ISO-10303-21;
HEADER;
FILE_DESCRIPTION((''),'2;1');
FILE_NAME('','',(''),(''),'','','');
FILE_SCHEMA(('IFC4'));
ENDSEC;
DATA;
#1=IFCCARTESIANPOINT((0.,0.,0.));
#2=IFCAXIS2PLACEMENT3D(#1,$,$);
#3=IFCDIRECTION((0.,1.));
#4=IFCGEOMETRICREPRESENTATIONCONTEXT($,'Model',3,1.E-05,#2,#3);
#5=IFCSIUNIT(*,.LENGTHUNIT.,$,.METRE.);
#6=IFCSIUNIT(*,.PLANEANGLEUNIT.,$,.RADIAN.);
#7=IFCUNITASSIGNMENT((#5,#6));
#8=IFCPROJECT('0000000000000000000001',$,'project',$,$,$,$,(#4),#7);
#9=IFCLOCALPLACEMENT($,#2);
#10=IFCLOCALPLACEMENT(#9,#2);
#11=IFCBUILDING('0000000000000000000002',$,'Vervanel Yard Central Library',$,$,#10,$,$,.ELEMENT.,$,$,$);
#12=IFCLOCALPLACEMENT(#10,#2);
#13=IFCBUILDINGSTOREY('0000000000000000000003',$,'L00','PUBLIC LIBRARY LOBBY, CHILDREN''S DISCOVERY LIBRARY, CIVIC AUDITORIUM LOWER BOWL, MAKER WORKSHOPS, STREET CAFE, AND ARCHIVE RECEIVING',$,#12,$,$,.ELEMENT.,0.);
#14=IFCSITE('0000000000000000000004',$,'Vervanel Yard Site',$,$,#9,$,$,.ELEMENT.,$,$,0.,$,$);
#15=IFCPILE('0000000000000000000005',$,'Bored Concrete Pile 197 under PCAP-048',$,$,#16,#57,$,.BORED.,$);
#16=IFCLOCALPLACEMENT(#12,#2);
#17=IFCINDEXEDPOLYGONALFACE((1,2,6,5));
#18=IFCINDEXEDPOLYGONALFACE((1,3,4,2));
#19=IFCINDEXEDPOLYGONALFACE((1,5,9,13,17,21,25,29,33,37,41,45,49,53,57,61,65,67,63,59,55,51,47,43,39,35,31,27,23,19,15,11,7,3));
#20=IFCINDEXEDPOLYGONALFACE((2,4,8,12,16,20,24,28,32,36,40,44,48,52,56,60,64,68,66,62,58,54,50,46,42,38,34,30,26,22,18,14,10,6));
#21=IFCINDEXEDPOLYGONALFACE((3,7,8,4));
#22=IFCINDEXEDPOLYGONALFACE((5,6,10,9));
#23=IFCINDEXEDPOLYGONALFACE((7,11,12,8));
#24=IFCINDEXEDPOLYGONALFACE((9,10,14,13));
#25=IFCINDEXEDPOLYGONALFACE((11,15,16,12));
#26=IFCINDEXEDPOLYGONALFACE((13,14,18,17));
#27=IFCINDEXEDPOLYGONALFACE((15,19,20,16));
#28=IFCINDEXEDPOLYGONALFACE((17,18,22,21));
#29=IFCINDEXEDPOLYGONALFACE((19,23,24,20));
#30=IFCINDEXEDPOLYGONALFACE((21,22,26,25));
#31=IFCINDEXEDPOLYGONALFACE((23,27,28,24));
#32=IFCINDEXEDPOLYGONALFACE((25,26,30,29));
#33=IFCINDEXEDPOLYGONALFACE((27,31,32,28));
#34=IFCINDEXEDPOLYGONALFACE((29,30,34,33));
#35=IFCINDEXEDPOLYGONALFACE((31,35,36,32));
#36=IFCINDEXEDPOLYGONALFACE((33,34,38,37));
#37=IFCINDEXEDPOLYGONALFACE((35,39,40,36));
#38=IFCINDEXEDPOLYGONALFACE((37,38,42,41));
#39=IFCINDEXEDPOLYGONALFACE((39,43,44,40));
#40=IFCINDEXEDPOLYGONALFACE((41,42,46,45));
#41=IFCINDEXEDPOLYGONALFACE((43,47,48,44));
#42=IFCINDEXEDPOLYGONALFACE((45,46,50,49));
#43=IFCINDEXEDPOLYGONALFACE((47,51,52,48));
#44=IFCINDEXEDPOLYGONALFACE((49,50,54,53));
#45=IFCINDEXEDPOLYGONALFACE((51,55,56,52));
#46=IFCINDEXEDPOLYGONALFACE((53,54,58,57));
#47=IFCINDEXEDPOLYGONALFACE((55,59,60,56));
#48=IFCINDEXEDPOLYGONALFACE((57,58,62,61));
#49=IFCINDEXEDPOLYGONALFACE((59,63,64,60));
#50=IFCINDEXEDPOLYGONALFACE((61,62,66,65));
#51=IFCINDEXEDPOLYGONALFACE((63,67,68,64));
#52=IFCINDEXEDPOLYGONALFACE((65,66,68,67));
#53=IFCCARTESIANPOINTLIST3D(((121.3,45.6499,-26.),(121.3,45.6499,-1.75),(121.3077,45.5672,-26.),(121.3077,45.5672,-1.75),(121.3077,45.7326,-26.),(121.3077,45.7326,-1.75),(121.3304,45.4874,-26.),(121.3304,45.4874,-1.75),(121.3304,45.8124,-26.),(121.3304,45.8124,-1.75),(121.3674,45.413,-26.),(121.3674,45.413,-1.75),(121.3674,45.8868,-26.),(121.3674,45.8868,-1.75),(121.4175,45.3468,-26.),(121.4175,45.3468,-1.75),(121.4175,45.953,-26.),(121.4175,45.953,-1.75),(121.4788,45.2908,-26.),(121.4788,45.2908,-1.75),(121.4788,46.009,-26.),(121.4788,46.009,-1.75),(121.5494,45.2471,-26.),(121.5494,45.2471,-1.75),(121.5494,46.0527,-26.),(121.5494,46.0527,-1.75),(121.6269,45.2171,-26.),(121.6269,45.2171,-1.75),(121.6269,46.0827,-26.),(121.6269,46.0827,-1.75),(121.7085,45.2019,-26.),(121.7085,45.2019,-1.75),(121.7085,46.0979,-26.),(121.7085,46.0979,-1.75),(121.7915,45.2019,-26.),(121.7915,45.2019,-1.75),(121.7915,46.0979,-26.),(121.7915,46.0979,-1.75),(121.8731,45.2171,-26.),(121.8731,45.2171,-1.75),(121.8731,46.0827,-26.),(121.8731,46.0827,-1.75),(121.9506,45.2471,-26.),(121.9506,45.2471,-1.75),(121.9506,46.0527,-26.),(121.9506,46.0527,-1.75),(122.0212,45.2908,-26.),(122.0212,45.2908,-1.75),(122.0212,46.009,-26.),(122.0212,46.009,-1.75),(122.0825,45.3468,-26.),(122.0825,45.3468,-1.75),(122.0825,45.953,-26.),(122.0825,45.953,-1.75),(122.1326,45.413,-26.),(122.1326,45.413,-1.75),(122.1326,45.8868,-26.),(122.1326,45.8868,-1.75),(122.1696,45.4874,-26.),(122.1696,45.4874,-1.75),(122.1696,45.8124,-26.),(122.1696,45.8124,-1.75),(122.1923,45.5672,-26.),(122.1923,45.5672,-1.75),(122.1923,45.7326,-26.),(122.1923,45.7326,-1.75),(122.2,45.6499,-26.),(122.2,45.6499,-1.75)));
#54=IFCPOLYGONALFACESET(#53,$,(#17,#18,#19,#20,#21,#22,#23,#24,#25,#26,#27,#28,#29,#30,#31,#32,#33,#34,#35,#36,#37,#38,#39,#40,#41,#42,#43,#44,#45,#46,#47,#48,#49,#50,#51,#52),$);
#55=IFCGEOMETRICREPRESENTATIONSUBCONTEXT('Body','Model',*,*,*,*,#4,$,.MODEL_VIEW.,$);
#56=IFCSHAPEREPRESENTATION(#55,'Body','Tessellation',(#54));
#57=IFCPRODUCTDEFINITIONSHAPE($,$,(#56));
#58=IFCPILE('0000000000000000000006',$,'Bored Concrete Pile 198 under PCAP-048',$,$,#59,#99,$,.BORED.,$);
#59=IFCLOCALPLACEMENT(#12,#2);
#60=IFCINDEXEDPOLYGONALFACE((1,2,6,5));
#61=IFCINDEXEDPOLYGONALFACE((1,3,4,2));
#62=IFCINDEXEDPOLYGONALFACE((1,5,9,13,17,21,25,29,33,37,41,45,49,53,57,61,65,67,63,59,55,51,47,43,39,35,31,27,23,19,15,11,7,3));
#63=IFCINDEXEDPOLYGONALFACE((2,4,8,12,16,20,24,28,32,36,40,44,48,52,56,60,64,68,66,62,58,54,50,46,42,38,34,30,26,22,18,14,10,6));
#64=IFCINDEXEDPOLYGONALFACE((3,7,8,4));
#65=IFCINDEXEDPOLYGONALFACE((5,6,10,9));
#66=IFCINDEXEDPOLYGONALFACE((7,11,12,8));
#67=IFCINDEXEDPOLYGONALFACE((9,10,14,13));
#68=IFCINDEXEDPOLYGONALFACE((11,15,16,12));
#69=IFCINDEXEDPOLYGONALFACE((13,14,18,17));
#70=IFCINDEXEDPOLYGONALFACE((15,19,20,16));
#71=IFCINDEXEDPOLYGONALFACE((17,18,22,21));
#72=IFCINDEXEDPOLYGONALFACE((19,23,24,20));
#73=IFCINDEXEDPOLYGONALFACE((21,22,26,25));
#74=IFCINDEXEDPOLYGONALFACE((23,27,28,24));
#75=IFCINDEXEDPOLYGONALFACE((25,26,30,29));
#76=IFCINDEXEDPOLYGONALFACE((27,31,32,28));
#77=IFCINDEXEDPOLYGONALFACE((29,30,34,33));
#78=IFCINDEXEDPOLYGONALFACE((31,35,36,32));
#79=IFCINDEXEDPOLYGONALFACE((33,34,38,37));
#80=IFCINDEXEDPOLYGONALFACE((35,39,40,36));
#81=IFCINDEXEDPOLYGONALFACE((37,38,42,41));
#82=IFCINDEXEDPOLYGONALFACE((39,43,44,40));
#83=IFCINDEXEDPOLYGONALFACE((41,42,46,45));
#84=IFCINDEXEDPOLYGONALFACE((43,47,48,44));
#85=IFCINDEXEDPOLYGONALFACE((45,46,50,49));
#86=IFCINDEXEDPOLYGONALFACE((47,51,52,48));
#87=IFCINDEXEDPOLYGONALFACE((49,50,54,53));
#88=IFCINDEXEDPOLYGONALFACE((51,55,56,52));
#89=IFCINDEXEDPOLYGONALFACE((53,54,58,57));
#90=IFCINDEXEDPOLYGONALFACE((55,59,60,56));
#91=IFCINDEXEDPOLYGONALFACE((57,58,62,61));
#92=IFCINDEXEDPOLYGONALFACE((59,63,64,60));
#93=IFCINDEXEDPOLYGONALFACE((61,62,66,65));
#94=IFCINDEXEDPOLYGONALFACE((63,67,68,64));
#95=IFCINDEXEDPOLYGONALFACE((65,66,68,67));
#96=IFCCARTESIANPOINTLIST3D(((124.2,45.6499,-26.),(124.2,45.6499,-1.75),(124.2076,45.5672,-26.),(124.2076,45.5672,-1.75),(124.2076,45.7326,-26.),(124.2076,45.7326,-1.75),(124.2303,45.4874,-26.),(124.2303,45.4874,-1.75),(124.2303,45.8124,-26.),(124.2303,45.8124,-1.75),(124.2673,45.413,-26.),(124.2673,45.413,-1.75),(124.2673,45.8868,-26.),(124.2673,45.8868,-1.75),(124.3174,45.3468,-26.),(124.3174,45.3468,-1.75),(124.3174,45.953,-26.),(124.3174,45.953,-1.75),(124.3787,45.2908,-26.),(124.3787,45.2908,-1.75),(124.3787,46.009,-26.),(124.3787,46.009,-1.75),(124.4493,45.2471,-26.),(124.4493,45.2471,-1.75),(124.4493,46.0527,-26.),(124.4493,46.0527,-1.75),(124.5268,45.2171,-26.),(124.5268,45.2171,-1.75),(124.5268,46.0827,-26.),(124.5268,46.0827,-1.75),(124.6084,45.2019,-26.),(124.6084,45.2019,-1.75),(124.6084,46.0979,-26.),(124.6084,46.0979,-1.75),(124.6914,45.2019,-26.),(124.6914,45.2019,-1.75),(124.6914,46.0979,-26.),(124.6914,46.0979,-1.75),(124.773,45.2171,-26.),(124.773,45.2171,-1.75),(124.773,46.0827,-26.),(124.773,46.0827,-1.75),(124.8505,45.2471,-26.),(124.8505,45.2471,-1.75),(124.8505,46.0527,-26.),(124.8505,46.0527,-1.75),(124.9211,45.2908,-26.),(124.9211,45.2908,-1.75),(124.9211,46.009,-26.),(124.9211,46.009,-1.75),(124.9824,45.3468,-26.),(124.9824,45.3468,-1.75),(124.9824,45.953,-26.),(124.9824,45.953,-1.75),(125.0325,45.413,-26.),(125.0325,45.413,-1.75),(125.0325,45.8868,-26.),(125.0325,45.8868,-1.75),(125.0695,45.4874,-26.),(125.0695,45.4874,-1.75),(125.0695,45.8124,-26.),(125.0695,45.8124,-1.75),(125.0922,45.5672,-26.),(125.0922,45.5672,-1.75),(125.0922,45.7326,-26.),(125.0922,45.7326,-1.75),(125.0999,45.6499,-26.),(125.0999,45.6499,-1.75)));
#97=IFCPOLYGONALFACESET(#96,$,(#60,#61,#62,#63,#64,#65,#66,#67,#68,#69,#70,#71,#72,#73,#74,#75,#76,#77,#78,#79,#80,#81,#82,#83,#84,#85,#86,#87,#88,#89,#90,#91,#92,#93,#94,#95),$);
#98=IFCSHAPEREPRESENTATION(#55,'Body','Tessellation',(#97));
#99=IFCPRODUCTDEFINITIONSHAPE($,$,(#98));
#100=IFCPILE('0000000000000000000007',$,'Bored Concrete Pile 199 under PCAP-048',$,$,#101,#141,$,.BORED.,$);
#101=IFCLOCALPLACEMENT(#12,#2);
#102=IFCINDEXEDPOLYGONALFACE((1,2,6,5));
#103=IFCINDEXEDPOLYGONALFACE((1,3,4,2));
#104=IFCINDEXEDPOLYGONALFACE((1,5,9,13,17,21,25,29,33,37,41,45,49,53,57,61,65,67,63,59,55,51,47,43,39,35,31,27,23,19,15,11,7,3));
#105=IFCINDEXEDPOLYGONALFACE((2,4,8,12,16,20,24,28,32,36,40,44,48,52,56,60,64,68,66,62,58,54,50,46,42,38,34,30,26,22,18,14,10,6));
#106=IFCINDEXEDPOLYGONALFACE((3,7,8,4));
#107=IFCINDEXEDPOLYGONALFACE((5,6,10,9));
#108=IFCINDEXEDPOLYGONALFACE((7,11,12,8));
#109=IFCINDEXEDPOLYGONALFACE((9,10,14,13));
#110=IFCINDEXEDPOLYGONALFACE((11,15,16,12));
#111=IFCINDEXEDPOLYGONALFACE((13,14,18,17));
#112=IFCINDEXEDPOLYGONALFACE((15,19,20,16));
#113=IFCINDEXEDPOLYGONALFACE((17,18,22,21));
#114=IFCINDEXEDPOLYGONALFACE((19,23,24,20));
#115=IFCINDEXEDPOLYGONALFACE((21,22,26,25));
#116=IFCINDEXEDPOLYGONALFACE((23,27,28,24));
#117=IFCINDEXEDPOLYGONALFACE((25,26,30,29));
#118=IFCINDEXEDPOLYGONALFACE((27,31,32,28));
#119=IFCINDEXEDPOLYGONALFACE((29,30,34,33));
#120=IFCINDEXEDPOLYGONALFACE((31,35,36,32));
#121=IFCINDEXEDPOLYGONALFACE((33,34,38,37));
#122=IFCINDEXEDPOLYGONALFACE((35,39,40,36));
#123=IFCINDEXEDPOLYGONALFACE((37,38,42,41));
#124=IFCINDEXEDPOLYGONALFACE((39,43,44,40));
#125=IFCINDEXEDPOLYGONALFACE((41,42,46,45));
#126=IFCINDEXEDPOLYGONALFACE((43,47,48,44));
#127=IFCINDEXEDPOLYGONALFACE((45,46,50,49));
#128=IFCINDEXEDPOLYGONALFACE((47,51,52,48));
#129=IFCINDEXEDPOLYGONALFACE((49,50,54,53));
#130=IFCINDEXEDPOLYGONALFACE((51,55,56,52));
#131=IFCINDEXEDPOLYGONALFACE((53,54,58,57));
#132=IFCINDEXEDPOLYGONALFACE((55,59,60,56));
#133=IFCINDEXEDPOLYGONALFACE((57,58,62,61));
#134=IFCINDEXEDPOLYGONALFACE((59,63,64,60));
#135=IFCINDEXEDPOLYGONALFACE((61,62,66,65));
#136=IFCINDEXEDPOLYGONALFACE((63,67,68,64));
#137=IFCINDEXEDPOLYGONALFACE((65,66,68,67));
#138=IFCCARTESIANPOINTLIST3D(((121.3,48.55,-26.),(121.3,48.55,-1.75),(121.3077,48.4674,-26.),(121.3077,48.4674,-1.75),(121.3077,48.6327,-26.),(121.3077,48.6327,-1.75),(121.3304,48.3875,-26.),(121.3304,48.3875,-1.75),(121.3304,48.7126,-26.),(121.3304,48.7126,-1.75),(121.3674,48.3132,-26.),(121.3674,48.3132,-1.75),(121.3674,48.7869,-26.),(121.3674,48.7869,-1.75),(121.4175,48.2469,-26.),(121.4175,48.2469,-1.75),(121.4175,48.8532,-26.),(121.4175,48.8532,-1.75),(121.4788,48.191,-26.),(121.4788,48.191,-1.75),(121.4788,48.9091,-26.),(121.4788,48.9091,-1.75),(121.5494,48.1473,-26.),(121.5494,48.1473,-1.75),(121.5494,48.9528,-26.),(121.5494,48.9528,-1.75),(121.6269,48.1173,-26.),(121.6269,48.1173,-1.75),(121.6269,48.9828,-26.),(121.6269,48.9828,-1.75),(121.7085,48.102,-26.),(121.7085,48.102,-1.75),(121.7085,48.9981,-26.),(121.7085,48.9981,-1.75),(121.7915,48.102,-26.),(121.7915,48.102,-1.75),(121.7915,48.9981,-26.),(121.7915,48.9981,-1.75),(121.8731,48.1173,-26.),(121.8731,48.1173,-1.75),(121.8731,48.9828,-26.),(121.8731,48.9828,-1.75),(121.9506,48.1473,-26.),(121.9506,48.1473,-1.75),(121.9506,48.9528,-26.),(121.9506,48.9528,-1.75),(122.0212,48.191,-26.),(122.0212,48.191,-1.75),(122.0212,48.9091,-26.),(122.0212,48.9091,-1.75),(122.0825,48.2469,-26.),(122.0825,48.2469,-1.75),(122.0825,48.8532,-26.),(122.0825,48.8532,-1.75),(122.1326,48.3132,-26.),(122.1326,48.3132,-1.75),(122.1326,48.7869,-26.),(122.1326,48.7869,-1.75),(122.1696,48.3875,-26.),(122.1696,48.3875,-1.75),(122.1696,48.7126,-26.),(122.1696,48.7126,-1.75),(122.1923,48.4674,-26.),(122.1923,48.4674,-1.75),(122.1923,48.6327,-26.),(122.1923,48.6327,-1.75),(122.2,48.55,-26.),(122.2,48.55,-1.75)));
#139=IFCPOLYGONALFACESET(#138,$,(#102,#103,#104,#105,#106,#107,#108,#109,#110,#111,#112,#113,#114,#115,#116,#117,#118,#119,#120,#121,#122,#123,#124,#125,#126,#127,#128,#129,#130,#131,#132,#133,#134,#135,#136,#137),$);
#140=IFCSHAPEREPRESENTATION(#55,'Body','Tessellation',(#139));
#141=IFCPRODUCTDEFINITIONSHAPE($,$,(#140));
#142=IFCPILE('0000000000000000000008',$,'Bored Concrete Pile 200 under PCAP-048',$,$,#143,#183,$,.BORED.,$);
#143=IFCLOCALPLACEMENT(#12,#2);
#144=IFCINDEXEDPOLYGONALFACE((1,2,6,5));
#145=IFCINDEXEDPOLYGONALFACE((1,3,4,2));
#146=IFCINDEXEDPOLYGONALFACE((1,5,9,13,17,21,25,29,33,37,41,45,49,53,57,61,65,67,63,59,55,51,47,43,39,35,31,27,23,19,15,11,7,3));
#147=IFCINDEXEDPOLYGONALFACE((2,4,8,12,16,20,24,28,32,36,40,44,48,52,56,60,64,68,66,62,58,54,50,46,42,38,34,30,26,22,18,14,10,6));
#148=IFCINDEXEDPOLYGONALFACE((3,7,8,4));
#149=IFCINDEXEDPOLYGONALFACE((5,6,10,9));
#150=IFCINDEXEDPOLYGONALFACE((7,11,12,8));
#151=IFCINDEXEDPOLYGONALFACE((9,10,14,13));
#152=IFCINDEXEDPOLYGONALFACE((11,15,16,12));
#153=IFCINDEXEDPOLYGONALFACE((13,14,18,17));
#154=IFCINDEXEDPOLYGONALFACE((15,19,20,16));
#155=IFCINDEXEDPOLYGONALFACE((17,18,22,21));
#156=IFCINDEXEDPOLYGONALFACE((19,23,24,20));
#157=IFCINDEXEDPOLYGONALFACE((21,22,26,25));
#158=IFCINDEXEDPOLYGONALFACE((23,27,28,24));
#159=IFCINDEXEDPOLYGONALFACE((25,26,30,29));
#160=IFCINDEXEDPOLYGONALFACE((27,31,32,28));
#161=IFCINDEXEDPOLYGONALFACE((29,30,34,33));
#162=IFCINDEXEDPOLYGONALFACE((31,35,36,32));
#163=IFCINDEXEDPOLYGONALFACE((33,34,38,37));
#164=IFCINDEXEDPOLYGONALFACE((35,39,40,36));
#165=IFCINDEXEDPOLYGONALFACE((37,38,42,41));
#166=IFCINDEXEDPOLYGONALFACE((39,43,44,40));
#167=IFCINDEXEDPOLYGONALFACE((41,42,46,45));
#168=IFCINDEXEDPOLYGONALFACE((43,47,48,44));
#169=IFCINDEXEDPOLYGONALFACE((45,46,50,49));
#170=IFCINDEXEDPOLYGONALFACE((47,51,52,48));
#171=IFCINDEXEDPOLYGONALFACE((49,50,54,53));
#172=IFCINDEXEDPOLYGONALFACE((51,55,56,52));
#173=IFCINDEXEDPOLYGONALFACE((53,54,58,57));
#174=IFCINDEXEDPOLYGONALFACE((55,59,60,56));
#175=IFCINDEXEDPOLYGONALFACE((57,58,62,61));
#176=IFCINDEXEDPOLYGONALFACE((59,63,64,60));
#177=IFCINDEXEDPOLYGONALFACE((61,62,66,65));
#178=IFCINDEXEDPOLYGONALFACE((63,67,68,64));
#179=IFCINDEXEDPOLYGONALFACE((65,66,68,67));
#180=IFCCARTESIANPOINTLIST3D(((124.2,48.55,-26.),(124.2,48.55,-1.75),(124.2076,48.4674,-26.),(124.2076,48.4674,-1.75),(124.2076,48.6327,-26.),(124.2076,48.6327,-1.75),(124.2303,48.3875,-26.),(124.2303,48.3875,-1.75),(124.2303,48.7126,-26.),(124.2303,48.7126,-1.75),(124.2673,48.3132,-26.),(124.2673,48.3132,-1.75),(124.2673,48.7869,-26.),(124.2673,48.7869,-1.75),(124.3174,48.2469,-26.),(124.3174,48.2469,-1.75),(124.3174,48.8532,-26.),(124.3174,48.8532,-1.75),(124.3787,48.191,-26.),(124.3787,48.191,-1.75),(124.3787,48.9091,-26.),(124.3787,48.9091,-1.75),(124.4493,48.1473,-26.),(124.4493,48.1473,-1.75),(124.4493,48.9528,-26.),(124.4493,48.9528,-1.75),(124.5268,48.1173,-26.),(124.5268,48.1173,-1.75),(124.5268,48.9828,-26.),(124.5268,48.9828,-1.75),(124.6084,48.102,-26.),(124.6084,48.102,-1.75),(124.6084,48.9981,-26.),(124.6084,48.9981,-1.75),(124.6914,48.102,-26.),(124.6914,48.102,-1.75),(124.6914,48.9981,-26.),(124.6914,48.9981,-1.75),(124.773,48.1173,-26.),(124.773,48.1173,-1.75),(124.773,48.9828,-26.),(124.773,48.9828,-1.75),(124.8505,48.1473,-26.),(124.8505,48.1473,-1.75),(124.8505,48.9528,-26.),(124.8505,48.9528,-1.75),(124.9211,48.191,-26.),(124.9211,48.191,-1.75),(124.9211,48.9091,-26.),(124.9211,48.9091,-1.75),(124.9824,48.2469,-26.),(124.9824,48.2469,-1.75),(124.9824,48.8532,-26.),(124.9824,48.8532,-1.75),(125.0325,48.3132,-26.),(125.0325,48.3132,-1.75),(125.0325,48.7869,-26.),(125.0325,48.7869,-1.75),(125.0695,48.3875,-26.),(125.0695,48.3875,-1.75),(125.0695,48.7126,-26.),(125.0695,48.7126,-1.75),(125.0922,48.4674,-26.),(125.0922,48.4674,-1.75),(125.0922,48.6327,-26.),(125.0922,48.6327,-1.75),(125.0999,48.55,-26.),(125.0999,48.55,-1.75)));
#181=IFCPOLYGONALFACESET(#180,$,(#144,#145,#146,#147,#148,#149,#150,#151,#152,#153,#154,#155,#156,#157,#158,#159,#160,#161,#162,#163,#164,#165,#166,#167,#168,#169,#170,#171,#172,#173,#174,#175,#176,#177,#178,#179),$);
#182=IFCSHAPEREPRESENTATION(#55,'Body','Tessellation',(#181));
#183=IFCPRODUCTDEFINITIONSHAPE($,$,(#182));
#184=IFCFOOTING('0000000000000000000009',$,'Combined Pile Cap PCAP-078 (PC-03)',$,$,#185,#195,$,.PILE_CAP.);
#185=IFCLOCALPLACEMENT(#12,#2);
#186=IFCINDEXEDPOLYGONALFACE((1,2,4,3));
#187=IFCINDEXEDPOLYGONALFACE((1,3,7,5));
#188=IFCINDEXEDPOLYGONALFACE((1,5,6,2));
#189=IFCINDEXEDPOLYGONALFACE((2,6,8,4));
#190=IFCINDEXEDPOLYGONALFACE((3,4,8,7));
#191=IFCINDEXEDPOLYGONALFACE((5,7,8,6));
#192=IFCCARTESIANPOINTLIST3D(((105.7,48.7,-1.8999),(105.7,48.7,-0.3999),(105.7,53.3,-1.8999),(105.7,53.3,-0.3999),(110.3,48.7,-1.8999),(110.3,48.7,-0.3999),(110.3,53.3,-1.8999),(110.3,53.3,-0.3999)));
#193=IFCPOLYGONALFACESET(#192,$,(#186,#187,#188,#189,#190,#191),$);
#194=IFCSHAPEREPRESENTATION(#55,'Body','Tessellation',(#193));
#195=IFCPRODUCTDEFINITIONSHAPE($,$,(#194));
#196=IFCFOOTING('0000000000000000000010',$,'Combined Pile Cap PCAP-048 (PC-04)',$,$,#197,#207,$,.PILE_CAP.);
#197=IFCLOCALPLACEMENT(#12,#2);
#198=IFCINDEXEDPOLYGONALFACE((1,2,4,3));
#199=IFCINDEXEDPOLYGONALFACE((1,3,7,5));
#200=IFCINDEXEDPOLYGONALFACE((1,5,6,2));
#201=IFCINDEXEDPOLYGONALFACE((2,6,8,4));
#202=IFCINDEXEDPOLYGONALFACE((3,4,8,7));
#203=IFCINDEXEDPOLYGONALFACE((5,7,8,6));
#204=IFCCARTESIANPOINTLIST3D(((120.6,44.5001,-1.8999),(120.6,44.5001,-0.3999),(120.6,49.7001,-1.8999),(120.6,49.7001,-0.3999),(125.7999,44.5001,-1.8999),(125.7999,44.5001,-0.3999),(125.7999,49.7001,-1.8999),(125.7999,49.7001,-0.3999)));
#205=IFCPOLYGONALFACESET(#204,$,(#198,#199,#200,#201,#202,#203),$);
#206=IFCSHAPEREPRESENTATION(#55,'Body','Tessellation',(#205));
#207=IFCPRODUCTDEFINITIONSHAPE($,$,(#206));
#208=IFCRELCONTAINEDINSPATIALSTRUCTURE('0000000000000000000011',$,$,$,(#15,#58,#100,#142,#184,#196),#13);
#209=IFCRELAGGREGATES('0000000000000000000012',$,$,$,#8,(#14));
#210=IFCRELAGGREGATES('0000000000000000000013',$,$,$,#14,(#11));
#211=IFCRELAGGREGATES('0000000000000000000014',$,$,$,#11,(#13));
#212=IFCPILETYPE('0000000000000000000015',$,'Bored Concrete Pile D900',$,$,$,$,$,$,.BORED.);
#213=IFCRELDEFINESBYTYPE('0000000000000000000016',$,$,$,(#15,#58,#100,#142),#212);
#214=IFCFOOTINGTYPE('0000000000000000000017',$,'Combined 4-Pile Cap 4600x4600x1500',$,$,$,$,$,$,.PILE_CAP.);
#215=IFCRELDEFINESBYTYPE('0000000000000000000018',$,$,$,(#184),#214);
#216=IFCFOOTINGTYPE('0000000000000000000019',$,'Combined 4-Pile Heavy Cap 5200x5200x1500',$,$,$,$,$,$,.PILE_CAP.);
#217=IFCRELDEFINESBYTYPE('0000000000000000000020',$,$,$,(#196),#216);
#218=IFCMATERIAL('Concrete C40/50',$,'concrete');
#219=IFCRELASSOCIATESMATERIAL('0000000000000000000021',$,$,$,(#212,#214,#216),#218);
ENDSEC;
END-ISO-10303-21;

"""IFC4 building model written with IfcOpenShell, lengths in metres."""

from ifc_helpers import new_model, si_unit, direction, frame, origin, origin_2d, place, context, subcontext, project, spatial, rectangle, circle, extrude, material, material_profile, profile_set, type_object, element, save


model = new_model("IFC4")

# Units and contexts
model_context = context("Model", 3, precision=1e-05, world=origin(), true_north=direction((0.0, 1.0)))
body_context = subcontext(model_context, "Body", "Model", "MODEL_VIEW")
ifc_project = project(units=[si_unit("LENGTHUNIT", "METRE"), si_unit("PLANEANGLEUNIT", "RADIAN")], contexts=[model_context])

# Site, building, storey
site_placement = place(None, origin())
site = spatial("IfcSite", under=ifc_project, at=site_placement, Name="Vervanel Yard Site", CompositionType="ELEMENT", RefElevation=0.0)
building_placement = place(site_placement, origin())
building = spatial("IfcBuilding", under=site, at=building_placement, Name="Vervanel Yard Central Library", CompositionType="ELEMENT")
storey_placement = place(building_placement, origin())
storey = spatial("IfcBuildingStorey", under=building, at=storey_placement, Name="L00", Description="PUBLIC LIBRARY LOBBY, CHILDREN'S DISCOVERY LIBRARY, CIVIC AUDITORIUM LOWER BOWL, MAKER WORKSHOPS, STREET CAFE, AND ARCHIVE RECEIVING", CompositionType="ELEMENT", Elevation=0.0)

# Piles
ifc_material_1 = material(Name="Concrete C40/50", Category="concrete")
ifc_material_profile_1 = material_profile(ifc_material_1, circle(Radius=0.45, at=origin_2d()), Name="BP D900", Category="concrete")
ifc_profile_set_1 = profile_set([ifc_material_profile_1], Name="Concrete C40/50")
pile_type_1 = type_object("IfcPileType", Name="Bored Concrete Pile D900", PredefinedType="BORED", material=ifc_profile_set_1)
for number, where, z_axis, x_axis, name in (
    (1, (121.75, 45.6499, -1.75), (0.0, 0.0, -1.0), (1.0, 0.0, 0.0), "Bored Concrete Pile 197 under PCAP-048"),
    (2, (124.6499, 45.6499, -1.75), (0.0, 0.0, -1.0), (1.0, 0.0, 0.0), "Bored Concrete Pile 198 under PCAP-048"),
    (3, (121.75, 48.55, -1.75), (0.0, 0.0, -1.0), (1.0, 0.0, 0.0), "Bored Concrete Pile 199 under PCAP-048"),
    (4, (124.6499, 48.55, -1.75), (0.0, 0.0, -1.0), (1.0, 0.0, 0.0), "Bored Concrete Pile 200 under PCAP-048"),
):
    element("IfcPile", number, at=place(storey_placement, frame(where, z_axis=z_axis, x_axis=x_axis)), inside=storey, type_object=pile_type_1, Name=name, PredefinedType="BORED", context=body_context, shape_type="SweptSolid", body=[
        extrude(circle(Radius=0.45, at=origin_2d()), origin(), (0.0, 0.0, 1.0), 24.25),
    ])

# Footings
footing_type_1 = type_object("IfcFootingType", Name="Combined 4-Pile Cap 4600x4600x1500", PredefinedType="PILE_CAP", material=ifc_material_1)
footing_1_placement = place(storey_placement, frame((108.0, 51.0, -1.8999), z_axis=(0.0, 0.0, 1.0), x_axis=(1.0, 0.0, 0.0)))
element("IfcFooting", 5, at=footing_1_placement, inside=storey, type_object=footing_type_1, Name="Combined Pile Cap PCAP-078 (PC-03)", PredefinedType="PILE_CAP", context=body_context, shape_type="SweptSolid", body=[
    extrude(rectangle(XDim=4.6001, YDim=4.6001, at=origin_2d()), origin(), (0.0, 0.0, 1.0), 1.5),
])
footing_type_2 = type_object("IfcFootingType", Name="Combined 4-Pile Heavy Cap 5200x5200x1500", PredefinedType="PILE_CAP", material=ifc_material_1)
footing_2_placement = place(storey_placement, frame((123.2, 47.1001, -1.8999), z_axis=(0.0, 0.0, 1.0), x_axis=(1.0, 0.0, 0.0)))
element("IfcFooting", 6, at=footing_2_placement, inside=storey, type_object=footing_type_2, Name="Combined Pile Cap PCAP-048 (PC-04)", PredefinedType="PILE_CAP", context=body_context, shape_type="SweptSolid", body=[
    extrude(rectangle(XDim=5.2, YDim=5.2, at=origin_2d()), origin(), (0.0, 0.0, 1.0), 1.5),
])

save(model, "model.ifc")
